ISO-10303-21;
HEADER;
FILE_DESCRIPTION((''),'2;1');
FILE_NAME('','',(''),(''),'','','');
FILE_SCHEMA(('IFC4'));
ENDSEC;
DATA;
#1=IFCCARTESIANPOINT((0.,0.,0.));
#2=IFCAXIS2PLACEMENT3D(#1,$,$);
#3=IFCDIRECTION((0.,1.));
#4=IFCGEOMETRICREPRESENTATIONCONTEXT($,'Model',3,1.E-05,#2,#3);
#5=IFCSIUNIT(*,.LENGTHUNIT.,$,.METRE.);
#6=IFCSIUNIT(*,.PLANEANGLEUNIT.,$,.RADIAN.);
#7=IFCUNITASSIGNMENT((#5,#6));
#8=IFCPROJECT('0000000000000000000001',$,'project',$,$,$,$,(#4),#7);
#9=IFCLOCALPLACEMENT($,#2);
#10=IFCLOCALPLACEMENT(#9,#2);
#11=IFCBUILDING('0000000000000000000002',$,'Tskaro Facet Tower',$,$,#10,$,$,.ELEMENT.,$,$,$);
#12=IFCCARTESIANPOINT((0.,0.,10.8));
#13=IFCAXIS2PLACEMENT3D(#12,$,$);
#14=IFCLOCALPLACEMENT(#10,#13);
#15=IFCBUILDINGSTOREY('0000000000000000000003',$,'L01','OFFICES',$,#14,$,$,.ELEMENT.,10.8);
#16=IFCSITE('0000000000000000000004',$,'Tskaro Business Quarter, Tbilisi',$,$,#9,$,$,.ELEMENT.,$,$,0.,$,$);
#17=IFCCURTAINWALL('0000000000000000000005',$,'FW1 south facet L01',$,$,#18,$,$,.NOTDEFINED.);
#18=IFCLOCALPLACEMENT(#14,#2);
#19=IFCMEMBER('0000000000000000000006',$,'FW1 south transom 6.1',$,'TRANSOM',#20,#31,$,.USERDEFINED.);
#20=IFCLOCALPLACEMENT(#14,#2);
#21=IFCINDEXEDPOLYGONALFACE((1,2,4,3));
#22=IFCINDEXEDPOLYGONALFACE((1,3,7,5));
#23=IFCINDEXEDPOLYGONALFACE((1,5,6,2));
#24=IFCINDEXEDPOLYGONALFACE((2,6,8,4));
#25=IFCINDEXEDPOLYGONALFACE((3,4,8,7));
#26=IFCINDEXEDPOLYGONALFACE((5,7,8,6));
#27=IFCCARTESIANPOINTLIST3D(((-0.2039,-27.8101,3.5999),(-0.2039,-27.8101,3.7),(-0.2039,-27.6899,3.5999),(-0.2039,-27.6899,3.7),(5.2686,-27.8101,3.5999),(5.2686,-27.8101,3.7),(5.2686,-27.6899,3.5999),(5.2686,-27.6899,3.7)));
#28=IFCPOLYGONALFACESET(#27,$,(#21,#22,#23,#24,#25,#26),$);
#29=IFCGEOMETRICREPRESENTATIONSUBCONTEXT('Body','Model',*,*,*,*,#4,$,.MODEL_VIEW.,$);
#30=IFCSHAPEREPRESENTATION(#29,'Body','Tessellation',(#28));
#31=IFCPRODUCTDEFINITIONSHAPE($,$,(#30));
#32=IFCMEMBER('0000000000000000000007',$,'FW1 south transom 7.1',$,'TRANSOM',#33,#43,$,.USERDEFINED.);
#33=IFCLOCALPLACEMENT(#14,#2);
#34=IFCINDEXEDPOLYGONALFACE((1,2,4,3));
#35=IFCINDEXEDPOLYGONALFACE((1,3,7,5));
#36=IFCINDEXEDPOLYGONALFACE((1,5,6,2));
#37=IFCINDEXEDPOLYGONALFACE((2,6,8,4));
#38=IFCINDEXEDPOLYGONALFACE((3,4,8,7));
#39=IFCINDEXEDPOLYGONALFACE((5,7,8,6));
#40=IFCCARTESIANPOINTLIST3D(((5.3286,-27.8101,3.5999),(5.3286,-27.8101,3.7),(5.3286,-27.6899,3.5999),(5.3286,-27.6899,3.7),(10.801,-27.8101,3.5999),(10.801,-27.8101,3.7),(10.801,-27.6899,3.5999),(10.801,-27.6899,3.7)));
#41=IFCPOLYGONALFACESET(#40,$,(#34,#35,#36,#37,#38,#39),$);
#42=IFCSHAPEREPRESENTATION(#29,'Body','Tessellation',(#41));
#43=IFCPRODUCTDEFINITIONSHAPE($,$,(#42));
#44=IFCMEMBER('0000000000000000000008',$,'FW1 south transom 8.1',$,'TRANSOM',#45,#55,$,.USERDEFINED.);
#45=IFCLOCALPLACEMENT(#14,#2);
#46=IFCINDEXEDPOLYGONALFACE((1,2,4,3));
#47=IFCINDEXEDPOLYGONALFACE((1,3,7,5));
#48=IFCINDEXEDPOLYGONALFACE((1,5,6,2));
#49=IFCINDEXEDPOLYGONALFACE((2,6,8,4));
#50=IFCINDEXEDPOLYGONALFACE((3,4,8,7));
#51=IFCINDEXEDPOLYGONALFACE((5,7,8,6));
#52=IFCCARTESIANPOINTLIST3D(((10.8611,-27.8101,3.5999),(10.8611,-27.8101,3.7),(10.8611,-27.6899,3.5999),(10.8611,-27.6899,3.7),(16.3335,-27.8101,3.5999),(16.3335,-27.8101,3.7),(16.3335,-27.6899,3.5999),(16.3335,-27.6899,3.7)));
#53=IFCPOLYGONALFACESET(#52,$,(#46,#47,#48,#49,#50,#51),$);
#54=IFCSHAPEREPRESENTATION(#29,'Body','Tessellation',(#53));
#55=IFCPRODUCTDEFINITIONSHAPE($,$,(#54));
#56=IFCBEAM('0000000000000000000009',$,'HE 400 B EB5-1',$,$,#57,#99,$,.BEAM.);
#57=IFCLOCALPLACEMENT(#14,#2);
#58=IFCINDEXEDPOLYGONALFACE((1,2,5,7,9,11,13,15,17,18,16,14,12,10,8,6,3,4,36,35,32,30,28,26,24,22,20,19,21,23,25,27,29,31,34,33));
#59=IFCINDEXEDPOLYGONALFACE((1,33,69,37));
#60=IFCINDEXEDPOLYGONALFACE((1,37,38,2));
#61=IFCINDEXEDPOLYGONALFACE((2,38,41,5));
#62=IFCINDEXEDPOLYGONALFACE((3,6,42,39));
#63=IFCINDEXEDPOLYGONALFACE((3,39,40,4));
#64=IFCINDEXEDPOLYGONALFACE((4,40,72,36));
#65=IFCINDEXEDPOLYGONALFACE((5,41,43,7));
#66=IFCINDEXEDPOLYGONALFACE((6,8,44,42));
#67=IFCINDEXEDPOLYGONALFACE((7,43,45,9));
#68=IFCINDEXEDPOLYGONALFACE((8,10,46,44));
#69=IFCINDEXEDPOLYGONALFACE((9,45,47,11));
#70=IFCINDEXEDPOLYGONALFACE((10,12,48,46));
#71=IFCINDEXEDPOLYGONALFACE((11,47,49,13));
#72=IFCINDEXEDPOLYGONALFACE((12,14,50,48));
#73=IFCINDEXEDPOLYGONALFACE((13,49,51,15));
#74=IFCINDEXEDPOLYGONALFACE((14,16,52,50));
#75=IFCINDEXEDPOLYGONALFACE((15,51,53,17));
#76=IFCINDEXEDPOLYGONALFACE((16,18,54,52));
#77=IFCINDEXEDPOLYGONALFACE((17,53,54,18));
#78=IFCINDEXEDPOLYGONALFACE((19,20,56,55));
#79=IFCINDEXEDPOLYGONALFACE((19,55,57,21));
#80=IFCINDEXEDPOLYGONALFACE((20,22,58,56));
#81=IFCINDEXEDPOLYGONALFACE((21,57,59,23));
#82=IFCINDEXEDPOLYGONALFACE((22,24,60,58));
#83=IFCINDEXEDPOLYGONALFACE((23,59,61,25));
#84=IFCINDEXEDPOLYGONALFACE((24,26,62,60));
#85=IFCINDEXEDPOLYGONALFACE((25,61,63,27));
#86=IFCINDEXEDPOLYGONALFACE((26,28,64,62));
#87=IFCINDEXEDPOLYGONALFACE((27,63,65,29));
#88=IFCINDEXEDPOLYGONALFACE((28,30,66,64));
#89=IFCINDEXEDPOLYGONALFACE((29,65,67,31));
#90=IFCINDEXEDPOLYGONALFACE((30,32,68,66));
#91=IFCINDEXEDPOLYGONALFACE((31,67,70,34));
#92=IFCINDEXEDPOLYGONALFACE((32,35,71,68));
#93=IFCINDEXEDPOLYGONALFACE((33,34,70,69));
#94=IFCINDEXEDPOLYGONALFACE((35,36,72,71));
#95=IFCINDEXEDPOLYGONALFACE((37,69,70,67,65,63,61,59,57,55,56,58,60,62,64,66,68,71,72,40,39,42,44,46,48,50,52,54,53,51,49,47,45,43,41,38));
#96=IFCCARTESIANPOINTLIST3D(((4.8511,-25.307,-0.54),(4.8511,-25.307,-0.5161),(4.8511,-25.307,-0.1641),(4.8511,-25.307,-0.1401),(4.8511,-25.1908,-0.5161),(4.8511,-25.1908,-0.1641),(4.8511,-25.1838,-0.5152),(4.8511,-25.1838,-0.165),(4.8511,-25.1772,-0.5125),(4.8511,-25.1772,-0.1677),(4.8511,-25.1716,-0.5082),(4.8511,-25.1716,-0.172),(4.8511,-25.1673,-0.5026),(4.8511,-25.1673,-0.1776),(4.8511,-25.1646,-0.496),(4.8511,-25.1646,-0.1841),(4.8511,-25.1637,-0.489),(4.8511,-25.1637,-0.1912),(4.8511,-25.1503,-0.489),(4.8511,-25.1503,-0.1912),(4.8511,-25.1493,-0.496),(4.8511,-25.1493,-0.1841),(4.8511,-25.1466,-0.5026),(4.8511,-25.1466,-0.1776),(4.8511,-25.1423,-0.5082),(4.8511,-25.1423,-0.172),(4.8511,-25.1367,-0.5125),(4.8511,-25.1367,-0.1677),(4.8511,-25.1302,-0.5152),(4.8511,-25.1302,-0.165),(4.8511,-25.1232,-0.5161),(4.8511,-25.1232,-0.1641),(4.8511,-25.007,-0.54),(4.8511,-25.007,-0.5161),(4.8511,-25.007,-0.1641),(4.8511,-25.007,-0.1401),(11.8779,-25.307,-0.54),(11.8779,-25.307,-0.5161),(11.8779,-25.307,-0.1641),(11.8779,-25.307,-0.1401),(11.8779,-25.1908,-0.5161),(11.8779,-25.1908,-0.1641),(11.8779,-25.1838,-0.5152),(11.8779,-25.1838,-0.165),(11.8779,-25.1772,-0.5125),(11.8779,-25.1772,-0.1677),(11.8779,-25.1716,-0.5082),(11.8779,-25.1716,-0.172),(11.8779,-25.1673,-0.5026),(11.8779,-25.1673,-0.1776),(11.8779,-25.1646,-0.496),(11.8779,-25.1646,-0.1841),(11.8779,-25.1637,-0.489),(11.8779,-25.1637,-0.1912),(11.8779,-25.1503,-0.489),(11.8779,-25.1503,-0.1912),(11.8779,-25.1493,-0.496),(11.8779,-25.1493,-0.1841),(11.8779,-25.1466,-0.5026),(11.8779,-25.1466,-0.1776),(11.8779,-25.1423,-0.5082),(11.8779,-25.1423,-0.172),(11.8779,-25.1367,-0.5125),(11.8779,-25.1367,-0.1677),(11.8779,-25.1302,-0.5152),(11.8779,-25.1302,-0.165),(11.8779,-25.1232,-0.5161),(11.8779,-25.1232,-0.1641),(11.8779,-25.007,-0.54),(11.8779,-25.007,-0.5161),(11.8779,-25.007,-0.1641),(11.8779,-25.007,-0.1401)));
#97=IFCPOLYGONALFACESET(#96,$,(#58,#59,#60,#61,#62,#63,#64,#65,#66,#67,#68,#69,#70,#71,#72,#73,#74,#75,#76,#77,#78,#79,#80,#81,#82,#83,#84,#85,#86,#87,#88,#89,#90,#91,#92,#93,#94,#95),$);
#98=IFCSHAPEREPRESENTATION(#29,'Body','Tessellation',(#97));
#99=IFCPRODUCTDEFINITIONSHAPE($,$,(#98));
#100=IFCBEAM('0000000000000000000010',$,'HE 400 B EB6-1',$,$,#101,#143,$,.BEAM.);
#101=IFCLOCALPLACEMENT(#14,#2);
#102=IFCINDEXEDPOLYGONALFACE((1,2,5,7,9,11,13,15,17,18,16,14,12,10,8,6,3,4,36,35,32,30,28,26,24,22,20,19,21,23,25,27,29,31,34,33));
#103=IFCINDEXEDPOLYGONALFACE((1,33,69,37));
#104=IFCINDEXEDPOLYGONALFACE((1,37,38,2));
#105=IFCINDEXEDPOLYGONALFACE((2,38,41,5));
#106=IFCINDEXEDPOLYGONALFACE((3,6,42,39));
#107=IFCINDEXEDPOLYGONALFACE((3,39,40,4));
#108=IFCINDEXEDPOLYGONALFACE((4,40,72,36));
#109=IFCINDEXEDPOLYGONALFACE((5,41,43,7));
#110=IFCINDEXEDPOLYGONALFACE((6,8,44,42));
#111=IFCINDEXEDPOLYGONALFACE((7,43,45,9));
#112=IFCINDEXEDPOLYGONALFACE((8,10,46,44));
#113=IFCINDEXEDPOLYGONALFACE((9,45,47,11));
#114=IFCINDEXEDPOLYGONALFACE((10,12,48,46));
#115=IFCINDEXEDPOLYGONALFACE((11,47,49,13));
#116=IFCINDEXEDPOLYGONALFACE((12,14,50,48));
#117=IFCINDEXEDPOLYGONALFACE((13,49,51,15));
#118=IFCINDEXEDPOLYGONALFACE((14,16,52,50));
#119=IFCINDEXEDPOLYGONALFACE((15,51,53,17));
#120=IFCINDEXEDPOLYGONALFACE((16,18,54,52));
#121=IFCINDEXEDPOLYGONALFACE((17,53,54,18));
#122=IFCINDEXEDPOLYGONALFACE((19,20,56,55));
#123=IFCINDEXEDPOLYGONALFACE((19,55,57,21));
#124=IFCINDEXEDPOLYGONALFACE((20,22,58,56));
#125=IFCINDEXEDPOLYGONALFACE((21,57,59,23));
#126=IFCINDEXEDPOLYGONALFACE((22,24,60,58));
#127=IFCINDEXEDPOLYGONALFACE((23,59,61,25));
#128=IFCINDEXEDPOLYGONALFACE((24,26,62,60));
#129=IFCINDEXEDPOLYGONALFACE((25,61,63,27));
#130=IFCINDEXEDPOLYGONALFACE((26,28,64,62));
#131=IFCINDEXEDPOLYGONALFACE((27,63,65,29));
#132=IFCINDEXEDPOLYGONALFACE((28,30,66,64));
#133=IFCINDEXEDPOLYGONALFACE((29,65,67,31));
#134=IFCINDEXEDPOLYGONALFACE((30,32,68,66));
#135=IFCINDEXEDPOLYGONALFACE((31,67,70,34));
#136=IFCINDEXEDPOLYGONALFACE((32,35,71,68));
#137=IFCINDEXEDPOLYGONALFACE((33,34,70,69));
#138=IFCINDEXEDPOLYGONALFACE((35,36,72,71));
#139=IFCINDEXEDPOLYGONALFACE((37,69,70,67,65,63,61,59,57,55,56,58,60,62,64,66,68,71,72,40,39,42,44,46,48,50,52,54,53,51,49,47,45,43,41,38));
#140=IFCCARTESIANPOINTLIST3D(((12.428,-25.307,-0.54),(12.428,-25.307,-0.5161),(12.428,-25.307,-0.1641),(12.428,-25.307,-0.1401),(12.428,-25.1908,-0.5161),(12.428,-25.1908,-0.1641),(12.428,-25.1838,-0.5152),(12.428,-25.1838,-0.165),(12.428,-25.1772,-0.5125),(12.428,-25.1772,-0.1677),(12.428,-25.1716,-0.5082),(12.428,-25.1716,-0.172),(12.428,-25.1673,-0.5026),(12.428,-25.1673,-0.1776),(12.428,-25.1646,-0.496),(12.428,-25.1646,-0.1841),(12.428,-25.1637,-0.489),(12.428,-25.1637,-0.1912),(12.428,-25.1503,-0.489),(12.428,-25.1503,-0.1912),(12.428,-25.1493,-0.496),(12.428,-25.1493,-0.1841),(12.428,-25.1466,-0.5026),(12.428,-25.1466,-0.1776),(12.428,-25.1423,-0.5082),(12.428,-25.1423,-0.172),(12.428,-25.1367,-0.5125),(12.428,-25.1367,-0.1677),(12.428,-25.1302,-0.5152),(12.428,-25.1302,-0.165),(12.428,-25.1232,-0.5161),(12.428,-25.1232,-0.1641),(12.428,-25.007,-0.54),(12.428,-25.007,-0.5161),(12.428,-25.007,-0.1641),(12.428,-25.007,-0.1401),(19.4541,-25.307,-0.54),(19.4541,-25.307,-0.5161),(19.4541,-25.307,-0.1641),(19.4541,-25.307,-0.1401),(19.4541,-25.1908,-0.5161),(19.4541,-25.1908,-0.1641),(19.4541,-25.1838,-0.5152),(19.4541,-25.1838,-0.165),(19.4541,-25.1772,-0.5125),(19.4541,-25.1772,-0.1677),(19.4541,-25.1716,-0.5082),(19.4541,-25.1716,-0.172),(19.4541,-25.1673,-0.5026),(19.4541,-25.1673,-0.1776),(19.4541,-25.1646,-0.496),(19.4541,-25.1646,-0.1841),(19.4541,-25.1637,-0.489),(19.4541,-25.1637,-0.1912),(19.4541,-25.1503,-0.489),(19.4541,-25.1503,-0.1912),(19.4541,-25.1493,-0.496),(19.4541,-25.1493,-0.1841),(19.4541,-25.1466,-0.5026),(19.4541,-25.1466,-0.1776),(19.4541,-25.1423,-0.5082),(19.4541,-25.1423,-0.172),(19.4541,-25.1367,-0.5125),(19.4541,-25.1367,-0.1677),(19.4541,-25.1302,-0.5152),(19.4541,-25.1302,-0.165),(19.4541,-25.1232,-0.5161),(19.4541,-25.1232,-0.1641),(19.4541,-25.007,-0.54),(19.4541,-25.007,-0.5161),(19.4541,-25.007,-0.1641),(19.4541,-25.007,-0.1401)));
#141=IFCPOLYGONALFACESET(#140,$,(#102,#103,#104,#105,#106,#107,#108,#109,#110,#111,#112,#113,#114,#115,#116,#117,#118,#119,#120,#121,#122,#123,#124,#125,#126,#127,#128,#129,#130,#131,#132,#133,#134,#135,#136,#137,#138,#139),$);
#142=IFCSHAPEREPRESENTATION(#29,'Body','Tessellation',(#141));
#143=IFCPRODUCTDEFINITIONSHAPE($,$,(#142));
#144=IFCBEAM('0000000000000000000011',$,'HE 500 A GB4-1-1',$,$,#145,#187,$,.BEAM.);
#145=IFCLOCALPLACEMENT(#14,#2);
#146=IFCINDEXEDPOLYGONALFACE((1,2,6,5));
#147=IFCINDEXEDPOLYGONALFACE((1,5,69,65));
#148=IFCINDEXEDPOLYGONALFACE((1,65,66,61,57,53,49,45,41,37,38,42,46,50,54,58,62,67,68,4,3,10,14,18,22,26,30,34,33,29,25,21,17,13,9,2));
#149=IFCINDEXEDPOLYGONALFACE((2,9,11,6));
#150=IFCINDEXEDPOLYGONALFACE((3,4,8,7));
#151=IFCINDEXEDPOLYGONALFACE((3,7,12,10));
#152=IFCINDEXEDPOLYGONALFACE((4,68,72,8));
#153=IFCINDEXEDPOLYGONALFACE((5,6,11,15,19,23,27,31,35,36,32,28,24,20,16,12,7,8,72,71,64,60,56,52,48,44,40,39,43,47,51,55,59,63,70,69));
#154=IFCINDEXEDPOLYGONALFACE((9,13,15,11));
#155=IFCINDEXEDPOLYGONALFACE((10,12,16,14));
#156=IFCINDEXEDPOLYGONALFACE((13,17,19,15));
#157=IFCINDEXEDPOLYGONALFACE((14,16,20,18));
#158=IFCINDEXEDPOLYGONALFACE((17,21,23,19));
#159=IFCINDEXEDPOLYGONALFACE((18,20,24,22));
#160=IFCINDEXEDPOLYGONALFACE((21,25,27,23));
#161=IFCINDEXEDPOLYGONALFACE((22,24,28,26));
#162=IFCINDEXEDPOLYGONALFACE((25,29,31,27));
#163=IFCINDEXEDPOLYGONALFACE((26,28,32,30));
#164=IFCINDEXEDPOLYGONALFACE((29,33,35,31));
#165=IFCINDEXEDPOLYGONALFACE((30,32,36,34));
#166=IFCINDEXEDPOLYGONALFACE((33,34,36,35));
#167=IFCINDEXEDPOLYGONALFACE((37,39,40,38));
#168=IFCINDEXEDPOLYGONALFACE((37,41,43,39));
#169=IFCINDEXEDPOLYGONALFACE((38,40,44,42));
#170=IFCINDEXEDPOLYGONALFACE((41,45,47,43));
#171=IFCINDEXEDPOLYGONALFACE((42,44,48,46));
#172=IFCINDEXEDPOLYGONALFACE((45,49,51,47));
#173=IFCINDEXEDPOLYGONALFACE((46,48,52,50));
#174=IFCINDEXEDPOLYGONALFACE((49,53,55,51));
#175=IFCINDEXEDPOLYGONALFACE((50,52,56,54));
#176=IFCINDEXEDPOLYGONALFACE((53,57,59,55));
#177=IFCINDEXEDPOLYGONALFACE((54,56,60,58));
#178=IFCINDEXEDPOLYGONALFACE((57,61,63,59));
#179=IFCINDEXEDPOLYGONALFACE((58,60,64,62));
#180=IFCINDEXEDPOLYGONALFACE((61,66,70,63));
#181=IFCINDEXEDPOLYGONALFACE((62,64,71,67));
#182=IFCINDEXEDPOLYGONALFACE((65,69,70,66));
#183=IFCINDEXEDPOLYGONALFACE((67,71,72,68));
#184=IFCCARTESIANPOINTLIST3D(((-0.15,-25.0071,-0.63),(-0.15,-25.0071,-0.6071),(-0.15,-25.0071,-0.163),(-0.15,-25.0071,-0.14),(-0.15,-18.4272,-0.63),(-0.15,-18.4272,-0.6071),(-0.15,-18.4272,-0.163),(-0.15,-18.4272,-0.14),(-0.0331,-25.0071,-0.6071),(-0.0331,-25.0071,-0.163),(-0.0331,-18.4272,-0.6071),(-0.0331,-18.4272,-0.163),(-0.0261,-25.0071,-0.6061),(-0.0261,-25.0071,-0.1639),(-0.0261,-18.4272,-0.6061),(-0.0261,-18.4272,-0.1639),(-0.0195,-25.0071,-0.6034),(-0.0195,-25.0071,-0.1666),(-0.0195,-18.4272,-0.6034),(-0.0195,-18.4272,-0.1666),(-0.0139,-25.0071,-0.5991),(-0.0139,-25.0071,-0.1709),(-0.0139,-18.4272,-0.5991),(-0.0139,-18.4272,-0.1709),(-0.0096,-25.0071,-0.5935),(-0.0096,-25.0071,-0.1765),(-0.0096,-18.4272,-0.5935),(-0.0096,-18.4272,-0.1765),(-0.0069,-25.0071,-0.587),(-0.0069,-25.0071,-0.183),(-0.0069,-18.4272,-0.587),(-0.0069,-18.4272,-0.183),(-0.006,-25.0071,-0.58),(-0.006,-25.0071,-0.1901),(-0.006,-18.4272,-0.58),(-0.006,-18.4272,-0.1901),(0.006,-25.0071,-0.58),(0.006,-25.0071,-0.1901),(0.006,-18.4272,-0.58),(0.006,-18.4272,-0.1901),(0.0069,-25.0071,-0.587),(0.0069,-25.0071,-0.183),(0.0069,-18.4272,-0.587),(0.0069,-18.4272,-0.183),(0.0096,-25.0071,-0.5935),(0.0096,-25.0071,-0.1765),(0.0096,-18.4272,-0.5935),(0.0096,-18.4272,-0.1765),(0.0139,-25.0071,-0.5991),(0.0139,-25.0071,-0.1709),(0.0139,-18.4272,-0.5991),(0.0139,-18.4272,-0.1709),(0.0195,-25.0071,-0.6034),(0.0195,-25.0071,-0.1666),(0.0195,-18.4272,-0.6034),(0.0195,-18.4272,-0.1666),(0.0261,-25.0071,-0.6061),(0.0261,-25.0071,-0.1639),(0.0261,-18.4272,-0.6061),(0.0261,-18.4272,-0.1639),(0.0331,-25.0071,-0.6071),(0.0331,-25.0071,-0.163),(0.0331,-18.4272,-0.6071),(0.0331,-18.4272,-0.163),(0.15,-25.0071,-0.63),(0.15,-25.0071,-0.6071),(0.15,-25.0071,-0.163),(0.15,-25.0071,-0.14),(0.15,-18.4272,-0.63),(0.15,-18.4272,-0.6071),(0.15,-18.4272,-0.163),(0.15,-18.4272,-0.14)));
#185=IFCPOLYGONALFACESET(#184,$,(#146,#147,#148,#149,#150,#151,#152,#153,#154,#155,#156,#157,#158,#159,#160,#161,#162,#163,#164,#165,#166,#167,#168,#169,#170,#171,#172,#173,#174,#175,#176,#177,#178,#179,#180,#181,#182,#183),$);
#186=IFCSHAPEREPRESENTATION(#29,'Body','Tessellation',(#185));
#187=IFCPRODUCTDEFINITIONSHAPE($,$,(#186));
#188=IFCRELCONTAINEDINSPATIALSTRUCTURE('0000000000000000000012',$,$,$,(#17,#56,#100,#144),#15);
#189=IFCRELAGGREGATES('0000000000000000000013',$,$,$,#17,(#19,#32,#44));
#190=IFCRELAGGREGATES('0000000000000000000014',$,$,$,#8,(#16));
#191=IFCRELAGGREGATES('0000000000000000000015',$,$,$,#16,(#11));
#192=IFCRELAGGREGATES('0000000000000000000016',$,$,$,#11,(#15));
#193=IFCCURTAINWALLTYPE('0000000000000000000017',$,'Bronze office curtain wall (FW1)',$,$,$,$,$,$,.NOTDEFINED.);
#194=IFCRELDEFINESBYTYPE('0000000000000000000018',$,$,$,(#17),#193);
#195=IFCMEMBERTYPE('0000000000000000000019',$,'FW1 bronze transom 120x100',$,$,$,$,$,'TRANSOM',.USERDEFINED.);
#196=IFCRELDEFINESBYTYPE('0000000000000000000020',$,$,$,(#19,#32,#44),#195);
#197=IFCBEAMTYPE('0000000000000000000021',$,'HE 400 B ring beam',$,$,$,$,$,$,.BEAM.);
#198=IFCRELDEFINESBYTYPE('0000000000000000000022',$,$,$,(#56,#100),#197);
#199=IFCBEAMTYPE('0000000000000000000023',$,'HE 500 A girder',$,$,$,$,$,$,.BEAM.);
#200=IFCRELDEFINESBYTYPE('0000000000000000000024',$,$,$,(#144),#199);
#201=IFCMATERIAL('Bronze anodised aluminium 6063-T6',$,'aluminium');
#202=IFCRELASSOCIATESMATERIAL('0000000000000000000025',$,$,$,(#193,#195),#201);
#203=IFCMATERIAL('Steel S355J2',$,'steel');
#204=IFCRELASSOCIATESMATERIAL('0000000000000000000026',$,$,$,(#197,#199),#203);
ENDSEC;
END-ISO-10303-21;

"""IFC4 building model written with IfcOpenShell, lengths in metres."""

from ifc_helpers import new_model, si_unit, direction, frame, origin, origin_2d, place, context, subcontext, project, spatial, rectangle, i_section, extrude, material, material_profile, profile_set, type_object, element, aggregate, save


model = new_model("IFC4")

# Units and contexts
model_context = context("Model", 3, precision=1e-05, world=origin(), true_north=direction((0.0, 1.0)))
body_context = subcontext(model_context, "Body", "Model", "MODEL_VIEW")
ifc_project = project(units=[si_unit("LENGTHUNIT", "METRE"), si_unit("PLANEANGLEUNIT", "RADIAN")], contexts=[model_context])

# Site, building, storey
site_placement = place(None, origin())
site = spatial("IfcSite", under=ifc_project, at=site_placement, Name="Tskaro Business Quarter, Tbilisi", CompositionType="ELEMENT", RefElevation=0.0)
building_placement = place(site_placement, origin())
building = spatial("IfcBuilding", under=site, at=building_placement, Name="Tskaro Facet Tower", CompositionType="ELEMENT")
storey_placement = place(building_placement, frame((0.0, 0.0, 10.8)))
storey = spatial("IfcBuildingStorey", under=building, at=storey_placement, Name="L01", Description="OFFICES", CompositionType="ELEMENT", Elevation=10.8)

# Curtain wall, members
ifc_material_1 = material(Name="Bronze anodised aluminium 6063-T6", Category="aluminium")
curtain_wall_type = type_object("IfcCurtainWallType", Name="Bronze office curtain wall (FW1)", PredefinedType="NOTDEFINED", material=ifc_material_1)
curtain_wall_placement = place(storey_placement, origin())
curtain_wall = element("IfcCurtainWall", 1, at=curtain_wall_placement, inside=storey, type_object=curtain_wall_type, Name="FW1 south facet L01", PredefinedType="NOTDEFINED")
ifc_material_profile_1 = material_profile(ifc_material_1, rectangle(XDim=0.1201, YDim=0.1001, at=origin_2d()), Name="Transom 120x100")
ifc_profile_set_1 = profile_set([ifc_material_profile_1], Name="Bronze anodised aluminium 6063-T6")
member_type_1 = type_object("IfcMemberType", Name="FW1 bronze transom 120x100", ElementType="TRANSOM", PredefinedType="USERDEFINED", material=ifc_profile_set_1)
member_1_placement = place(storey_placement, frame((-0.2039, -27.75, 3.6499), z_axis=(1.0, 0.0, 0.0), x_axis=(0.0, 1.0, 0.0)))
member_1 = element("IfcMember", 2, at=member_1_placement, type_object=member_type_1, Name="FW1 south transom 6.1", ObjectType="TRANSOM", PredefinedType="USERDEFINED", context=body_context, shape_type="SweptSolid", body=[
    extrude(rectangle(XDim=0.1201, YDim=0.1001, at=origin_2d()), origin(), (0.0, 0.0, 1.0), 5.4724),
])
member_2_placement = place(storey_placement, frame((5.3286, -27.75, 3.6499), z_axis=(1.0, 0.0, 0.0), x_axis=(0.0, 1.0, 0.0)))
member_2 = element("IfcMember", 3, at=member_2_placement, type_object=member_type_1, Name="FW1 south transom 7.1", ObjectType="TRANSOM", PredefinedType="USERDEFINED", context=body_context, shape_type="SweptSolid", body=[
    extrude(rectangle(XDim=0.1201, YDim=0.1001, at=origin_2d()), origin(), (0.0, 0.0, 1.0), 5.4724),
])
member_3_placement = place(storey_placement, frame((10.8611, -27.75, 3.6499), z_axis=(1.0, 0.0, 0.0), x_axis=(0.0, 1.0, 0.0)))
member_3 = element("IfcMember", 4, at=member_3_placement, type_object=member_type_1, Name="FW1 south transom 8.1", ObjectType="TRANSOM", PredefinedType="USERDEFINED", context=body_context, shape_type="SweptSolid", body=[
    extrude(rectangle(XDim=0.1201, YDim=0.1001, at=origin_2d()), origin(), (0.0, 0.0, 1.0), 5.4724),
])

# Beams
ifc_material_2 = material(Name="Steel S355J2", Category="steel")
ifc_material_profile_2 = material_profile(ifc_material_2, i_section(OverallWidth=0.3, OverallDepth=0.3999, WebThickness=0.0134, FlangeThickness=0.0239, FilletRadius=0.0271, at=origin_2d()), Name="HE 400 B")
ifc_profile_set_2 = profile_set([ifc_material_profile_2], Name="Steel S355J2")
beam_type_1 = type_object("IfcBeamType", Name="HE 400 B ring beam", PredefinedType="BEAM", material=ifc_profile_set_2)
beam_1_placement = place(storey_placement, frame((4.8511, -25.157, -0.3401), z_axis=(1.0, 0.0, 0.0), x_axis=(0.0, 1.0, 0.0)))
element("IfcBeam", 5, at=beam_1_placement, inside=storey, type_object=beam_type_1, Name="HE 400 B EB5-1", PredefinedType="BEAM", context=body_context, shape_type="SweptSolid", body=[
    extrude(i_section(OverallWidth=0.3, OverallDepth=0.3999, WebThickness=0.0134, FlangeThickness=0.0239, FilletRadius=0.0271, at=origin_2d()), origin(), (0.0, 0.0, 1.0), 7.0269),
])
beam_2_placement = place(storey_placement, frame((12.428, -25.157, -0.3401), z_axis=(1.0, 0.0, 0.0), x_axis=(0.0, 1.0, 0.0)))
element("IfcBeam", 6, at=beam_2_placement, inside=storey, type_object=beam_type_1, Name="HE 400 B EB6-1", PredefinedType="BEAM", context=body_context, shape_type="SweptSolid", body=[
    extrude(i_section(OverallWidth=0.3, OverallDepth=0.3999, WebThickness=0.0134, FlangeThickness=0.0239, FilletRadius=0.0271, at=origin_2d()), origin(), (0.0, 0.0, 1.0), 7.0261),
])
ifc_material_profile_3 = material_profile(ifc_material_2, i_section(OverallWidth=0.3, OverallDepth=0.49, WebThickness=0.012, FlangeThickness=0.0229, FilletRadius=0.0271, at=origin_2d()), Name="HE 500 A")
ifc_profile_set_3 = profile_set([ifc_material_profile_3], Name="Steel S355J2")
beam_type_2 = type_object("IfcBeamType", Name="HE 500 A girder", PredefinedType="BEAM", material=ifc_profile_set_3)
beam_3_placement = place(storey_placement, frame((0.0, -25.0071, -0.385), z_axis=(0.0, 1.0, 0.0), x_axis=(-1.0, 0.0, 0.0)))
element("IfcBeam", 7, at=beam_3_placement, inside=storey, type_object=beam_type_2, Name="HE 500 A GB4-1-1", PredefinedType="BEAM", context=body_context, shape_type="SweptSolid", body=[
    extrude(i_section(OverallWidth=0.3, OverallDepth=0.49, WebThickness=0.012, FlangeThickness=0.0229, FilletRadius=0.0271, at=origin_2d()), origin(), (0.0, 0.0, 1.0), 6.5798),
])

aggregate(curtain_wall, [member_1, member_2, member_3])

save(model, "model.ifc")
